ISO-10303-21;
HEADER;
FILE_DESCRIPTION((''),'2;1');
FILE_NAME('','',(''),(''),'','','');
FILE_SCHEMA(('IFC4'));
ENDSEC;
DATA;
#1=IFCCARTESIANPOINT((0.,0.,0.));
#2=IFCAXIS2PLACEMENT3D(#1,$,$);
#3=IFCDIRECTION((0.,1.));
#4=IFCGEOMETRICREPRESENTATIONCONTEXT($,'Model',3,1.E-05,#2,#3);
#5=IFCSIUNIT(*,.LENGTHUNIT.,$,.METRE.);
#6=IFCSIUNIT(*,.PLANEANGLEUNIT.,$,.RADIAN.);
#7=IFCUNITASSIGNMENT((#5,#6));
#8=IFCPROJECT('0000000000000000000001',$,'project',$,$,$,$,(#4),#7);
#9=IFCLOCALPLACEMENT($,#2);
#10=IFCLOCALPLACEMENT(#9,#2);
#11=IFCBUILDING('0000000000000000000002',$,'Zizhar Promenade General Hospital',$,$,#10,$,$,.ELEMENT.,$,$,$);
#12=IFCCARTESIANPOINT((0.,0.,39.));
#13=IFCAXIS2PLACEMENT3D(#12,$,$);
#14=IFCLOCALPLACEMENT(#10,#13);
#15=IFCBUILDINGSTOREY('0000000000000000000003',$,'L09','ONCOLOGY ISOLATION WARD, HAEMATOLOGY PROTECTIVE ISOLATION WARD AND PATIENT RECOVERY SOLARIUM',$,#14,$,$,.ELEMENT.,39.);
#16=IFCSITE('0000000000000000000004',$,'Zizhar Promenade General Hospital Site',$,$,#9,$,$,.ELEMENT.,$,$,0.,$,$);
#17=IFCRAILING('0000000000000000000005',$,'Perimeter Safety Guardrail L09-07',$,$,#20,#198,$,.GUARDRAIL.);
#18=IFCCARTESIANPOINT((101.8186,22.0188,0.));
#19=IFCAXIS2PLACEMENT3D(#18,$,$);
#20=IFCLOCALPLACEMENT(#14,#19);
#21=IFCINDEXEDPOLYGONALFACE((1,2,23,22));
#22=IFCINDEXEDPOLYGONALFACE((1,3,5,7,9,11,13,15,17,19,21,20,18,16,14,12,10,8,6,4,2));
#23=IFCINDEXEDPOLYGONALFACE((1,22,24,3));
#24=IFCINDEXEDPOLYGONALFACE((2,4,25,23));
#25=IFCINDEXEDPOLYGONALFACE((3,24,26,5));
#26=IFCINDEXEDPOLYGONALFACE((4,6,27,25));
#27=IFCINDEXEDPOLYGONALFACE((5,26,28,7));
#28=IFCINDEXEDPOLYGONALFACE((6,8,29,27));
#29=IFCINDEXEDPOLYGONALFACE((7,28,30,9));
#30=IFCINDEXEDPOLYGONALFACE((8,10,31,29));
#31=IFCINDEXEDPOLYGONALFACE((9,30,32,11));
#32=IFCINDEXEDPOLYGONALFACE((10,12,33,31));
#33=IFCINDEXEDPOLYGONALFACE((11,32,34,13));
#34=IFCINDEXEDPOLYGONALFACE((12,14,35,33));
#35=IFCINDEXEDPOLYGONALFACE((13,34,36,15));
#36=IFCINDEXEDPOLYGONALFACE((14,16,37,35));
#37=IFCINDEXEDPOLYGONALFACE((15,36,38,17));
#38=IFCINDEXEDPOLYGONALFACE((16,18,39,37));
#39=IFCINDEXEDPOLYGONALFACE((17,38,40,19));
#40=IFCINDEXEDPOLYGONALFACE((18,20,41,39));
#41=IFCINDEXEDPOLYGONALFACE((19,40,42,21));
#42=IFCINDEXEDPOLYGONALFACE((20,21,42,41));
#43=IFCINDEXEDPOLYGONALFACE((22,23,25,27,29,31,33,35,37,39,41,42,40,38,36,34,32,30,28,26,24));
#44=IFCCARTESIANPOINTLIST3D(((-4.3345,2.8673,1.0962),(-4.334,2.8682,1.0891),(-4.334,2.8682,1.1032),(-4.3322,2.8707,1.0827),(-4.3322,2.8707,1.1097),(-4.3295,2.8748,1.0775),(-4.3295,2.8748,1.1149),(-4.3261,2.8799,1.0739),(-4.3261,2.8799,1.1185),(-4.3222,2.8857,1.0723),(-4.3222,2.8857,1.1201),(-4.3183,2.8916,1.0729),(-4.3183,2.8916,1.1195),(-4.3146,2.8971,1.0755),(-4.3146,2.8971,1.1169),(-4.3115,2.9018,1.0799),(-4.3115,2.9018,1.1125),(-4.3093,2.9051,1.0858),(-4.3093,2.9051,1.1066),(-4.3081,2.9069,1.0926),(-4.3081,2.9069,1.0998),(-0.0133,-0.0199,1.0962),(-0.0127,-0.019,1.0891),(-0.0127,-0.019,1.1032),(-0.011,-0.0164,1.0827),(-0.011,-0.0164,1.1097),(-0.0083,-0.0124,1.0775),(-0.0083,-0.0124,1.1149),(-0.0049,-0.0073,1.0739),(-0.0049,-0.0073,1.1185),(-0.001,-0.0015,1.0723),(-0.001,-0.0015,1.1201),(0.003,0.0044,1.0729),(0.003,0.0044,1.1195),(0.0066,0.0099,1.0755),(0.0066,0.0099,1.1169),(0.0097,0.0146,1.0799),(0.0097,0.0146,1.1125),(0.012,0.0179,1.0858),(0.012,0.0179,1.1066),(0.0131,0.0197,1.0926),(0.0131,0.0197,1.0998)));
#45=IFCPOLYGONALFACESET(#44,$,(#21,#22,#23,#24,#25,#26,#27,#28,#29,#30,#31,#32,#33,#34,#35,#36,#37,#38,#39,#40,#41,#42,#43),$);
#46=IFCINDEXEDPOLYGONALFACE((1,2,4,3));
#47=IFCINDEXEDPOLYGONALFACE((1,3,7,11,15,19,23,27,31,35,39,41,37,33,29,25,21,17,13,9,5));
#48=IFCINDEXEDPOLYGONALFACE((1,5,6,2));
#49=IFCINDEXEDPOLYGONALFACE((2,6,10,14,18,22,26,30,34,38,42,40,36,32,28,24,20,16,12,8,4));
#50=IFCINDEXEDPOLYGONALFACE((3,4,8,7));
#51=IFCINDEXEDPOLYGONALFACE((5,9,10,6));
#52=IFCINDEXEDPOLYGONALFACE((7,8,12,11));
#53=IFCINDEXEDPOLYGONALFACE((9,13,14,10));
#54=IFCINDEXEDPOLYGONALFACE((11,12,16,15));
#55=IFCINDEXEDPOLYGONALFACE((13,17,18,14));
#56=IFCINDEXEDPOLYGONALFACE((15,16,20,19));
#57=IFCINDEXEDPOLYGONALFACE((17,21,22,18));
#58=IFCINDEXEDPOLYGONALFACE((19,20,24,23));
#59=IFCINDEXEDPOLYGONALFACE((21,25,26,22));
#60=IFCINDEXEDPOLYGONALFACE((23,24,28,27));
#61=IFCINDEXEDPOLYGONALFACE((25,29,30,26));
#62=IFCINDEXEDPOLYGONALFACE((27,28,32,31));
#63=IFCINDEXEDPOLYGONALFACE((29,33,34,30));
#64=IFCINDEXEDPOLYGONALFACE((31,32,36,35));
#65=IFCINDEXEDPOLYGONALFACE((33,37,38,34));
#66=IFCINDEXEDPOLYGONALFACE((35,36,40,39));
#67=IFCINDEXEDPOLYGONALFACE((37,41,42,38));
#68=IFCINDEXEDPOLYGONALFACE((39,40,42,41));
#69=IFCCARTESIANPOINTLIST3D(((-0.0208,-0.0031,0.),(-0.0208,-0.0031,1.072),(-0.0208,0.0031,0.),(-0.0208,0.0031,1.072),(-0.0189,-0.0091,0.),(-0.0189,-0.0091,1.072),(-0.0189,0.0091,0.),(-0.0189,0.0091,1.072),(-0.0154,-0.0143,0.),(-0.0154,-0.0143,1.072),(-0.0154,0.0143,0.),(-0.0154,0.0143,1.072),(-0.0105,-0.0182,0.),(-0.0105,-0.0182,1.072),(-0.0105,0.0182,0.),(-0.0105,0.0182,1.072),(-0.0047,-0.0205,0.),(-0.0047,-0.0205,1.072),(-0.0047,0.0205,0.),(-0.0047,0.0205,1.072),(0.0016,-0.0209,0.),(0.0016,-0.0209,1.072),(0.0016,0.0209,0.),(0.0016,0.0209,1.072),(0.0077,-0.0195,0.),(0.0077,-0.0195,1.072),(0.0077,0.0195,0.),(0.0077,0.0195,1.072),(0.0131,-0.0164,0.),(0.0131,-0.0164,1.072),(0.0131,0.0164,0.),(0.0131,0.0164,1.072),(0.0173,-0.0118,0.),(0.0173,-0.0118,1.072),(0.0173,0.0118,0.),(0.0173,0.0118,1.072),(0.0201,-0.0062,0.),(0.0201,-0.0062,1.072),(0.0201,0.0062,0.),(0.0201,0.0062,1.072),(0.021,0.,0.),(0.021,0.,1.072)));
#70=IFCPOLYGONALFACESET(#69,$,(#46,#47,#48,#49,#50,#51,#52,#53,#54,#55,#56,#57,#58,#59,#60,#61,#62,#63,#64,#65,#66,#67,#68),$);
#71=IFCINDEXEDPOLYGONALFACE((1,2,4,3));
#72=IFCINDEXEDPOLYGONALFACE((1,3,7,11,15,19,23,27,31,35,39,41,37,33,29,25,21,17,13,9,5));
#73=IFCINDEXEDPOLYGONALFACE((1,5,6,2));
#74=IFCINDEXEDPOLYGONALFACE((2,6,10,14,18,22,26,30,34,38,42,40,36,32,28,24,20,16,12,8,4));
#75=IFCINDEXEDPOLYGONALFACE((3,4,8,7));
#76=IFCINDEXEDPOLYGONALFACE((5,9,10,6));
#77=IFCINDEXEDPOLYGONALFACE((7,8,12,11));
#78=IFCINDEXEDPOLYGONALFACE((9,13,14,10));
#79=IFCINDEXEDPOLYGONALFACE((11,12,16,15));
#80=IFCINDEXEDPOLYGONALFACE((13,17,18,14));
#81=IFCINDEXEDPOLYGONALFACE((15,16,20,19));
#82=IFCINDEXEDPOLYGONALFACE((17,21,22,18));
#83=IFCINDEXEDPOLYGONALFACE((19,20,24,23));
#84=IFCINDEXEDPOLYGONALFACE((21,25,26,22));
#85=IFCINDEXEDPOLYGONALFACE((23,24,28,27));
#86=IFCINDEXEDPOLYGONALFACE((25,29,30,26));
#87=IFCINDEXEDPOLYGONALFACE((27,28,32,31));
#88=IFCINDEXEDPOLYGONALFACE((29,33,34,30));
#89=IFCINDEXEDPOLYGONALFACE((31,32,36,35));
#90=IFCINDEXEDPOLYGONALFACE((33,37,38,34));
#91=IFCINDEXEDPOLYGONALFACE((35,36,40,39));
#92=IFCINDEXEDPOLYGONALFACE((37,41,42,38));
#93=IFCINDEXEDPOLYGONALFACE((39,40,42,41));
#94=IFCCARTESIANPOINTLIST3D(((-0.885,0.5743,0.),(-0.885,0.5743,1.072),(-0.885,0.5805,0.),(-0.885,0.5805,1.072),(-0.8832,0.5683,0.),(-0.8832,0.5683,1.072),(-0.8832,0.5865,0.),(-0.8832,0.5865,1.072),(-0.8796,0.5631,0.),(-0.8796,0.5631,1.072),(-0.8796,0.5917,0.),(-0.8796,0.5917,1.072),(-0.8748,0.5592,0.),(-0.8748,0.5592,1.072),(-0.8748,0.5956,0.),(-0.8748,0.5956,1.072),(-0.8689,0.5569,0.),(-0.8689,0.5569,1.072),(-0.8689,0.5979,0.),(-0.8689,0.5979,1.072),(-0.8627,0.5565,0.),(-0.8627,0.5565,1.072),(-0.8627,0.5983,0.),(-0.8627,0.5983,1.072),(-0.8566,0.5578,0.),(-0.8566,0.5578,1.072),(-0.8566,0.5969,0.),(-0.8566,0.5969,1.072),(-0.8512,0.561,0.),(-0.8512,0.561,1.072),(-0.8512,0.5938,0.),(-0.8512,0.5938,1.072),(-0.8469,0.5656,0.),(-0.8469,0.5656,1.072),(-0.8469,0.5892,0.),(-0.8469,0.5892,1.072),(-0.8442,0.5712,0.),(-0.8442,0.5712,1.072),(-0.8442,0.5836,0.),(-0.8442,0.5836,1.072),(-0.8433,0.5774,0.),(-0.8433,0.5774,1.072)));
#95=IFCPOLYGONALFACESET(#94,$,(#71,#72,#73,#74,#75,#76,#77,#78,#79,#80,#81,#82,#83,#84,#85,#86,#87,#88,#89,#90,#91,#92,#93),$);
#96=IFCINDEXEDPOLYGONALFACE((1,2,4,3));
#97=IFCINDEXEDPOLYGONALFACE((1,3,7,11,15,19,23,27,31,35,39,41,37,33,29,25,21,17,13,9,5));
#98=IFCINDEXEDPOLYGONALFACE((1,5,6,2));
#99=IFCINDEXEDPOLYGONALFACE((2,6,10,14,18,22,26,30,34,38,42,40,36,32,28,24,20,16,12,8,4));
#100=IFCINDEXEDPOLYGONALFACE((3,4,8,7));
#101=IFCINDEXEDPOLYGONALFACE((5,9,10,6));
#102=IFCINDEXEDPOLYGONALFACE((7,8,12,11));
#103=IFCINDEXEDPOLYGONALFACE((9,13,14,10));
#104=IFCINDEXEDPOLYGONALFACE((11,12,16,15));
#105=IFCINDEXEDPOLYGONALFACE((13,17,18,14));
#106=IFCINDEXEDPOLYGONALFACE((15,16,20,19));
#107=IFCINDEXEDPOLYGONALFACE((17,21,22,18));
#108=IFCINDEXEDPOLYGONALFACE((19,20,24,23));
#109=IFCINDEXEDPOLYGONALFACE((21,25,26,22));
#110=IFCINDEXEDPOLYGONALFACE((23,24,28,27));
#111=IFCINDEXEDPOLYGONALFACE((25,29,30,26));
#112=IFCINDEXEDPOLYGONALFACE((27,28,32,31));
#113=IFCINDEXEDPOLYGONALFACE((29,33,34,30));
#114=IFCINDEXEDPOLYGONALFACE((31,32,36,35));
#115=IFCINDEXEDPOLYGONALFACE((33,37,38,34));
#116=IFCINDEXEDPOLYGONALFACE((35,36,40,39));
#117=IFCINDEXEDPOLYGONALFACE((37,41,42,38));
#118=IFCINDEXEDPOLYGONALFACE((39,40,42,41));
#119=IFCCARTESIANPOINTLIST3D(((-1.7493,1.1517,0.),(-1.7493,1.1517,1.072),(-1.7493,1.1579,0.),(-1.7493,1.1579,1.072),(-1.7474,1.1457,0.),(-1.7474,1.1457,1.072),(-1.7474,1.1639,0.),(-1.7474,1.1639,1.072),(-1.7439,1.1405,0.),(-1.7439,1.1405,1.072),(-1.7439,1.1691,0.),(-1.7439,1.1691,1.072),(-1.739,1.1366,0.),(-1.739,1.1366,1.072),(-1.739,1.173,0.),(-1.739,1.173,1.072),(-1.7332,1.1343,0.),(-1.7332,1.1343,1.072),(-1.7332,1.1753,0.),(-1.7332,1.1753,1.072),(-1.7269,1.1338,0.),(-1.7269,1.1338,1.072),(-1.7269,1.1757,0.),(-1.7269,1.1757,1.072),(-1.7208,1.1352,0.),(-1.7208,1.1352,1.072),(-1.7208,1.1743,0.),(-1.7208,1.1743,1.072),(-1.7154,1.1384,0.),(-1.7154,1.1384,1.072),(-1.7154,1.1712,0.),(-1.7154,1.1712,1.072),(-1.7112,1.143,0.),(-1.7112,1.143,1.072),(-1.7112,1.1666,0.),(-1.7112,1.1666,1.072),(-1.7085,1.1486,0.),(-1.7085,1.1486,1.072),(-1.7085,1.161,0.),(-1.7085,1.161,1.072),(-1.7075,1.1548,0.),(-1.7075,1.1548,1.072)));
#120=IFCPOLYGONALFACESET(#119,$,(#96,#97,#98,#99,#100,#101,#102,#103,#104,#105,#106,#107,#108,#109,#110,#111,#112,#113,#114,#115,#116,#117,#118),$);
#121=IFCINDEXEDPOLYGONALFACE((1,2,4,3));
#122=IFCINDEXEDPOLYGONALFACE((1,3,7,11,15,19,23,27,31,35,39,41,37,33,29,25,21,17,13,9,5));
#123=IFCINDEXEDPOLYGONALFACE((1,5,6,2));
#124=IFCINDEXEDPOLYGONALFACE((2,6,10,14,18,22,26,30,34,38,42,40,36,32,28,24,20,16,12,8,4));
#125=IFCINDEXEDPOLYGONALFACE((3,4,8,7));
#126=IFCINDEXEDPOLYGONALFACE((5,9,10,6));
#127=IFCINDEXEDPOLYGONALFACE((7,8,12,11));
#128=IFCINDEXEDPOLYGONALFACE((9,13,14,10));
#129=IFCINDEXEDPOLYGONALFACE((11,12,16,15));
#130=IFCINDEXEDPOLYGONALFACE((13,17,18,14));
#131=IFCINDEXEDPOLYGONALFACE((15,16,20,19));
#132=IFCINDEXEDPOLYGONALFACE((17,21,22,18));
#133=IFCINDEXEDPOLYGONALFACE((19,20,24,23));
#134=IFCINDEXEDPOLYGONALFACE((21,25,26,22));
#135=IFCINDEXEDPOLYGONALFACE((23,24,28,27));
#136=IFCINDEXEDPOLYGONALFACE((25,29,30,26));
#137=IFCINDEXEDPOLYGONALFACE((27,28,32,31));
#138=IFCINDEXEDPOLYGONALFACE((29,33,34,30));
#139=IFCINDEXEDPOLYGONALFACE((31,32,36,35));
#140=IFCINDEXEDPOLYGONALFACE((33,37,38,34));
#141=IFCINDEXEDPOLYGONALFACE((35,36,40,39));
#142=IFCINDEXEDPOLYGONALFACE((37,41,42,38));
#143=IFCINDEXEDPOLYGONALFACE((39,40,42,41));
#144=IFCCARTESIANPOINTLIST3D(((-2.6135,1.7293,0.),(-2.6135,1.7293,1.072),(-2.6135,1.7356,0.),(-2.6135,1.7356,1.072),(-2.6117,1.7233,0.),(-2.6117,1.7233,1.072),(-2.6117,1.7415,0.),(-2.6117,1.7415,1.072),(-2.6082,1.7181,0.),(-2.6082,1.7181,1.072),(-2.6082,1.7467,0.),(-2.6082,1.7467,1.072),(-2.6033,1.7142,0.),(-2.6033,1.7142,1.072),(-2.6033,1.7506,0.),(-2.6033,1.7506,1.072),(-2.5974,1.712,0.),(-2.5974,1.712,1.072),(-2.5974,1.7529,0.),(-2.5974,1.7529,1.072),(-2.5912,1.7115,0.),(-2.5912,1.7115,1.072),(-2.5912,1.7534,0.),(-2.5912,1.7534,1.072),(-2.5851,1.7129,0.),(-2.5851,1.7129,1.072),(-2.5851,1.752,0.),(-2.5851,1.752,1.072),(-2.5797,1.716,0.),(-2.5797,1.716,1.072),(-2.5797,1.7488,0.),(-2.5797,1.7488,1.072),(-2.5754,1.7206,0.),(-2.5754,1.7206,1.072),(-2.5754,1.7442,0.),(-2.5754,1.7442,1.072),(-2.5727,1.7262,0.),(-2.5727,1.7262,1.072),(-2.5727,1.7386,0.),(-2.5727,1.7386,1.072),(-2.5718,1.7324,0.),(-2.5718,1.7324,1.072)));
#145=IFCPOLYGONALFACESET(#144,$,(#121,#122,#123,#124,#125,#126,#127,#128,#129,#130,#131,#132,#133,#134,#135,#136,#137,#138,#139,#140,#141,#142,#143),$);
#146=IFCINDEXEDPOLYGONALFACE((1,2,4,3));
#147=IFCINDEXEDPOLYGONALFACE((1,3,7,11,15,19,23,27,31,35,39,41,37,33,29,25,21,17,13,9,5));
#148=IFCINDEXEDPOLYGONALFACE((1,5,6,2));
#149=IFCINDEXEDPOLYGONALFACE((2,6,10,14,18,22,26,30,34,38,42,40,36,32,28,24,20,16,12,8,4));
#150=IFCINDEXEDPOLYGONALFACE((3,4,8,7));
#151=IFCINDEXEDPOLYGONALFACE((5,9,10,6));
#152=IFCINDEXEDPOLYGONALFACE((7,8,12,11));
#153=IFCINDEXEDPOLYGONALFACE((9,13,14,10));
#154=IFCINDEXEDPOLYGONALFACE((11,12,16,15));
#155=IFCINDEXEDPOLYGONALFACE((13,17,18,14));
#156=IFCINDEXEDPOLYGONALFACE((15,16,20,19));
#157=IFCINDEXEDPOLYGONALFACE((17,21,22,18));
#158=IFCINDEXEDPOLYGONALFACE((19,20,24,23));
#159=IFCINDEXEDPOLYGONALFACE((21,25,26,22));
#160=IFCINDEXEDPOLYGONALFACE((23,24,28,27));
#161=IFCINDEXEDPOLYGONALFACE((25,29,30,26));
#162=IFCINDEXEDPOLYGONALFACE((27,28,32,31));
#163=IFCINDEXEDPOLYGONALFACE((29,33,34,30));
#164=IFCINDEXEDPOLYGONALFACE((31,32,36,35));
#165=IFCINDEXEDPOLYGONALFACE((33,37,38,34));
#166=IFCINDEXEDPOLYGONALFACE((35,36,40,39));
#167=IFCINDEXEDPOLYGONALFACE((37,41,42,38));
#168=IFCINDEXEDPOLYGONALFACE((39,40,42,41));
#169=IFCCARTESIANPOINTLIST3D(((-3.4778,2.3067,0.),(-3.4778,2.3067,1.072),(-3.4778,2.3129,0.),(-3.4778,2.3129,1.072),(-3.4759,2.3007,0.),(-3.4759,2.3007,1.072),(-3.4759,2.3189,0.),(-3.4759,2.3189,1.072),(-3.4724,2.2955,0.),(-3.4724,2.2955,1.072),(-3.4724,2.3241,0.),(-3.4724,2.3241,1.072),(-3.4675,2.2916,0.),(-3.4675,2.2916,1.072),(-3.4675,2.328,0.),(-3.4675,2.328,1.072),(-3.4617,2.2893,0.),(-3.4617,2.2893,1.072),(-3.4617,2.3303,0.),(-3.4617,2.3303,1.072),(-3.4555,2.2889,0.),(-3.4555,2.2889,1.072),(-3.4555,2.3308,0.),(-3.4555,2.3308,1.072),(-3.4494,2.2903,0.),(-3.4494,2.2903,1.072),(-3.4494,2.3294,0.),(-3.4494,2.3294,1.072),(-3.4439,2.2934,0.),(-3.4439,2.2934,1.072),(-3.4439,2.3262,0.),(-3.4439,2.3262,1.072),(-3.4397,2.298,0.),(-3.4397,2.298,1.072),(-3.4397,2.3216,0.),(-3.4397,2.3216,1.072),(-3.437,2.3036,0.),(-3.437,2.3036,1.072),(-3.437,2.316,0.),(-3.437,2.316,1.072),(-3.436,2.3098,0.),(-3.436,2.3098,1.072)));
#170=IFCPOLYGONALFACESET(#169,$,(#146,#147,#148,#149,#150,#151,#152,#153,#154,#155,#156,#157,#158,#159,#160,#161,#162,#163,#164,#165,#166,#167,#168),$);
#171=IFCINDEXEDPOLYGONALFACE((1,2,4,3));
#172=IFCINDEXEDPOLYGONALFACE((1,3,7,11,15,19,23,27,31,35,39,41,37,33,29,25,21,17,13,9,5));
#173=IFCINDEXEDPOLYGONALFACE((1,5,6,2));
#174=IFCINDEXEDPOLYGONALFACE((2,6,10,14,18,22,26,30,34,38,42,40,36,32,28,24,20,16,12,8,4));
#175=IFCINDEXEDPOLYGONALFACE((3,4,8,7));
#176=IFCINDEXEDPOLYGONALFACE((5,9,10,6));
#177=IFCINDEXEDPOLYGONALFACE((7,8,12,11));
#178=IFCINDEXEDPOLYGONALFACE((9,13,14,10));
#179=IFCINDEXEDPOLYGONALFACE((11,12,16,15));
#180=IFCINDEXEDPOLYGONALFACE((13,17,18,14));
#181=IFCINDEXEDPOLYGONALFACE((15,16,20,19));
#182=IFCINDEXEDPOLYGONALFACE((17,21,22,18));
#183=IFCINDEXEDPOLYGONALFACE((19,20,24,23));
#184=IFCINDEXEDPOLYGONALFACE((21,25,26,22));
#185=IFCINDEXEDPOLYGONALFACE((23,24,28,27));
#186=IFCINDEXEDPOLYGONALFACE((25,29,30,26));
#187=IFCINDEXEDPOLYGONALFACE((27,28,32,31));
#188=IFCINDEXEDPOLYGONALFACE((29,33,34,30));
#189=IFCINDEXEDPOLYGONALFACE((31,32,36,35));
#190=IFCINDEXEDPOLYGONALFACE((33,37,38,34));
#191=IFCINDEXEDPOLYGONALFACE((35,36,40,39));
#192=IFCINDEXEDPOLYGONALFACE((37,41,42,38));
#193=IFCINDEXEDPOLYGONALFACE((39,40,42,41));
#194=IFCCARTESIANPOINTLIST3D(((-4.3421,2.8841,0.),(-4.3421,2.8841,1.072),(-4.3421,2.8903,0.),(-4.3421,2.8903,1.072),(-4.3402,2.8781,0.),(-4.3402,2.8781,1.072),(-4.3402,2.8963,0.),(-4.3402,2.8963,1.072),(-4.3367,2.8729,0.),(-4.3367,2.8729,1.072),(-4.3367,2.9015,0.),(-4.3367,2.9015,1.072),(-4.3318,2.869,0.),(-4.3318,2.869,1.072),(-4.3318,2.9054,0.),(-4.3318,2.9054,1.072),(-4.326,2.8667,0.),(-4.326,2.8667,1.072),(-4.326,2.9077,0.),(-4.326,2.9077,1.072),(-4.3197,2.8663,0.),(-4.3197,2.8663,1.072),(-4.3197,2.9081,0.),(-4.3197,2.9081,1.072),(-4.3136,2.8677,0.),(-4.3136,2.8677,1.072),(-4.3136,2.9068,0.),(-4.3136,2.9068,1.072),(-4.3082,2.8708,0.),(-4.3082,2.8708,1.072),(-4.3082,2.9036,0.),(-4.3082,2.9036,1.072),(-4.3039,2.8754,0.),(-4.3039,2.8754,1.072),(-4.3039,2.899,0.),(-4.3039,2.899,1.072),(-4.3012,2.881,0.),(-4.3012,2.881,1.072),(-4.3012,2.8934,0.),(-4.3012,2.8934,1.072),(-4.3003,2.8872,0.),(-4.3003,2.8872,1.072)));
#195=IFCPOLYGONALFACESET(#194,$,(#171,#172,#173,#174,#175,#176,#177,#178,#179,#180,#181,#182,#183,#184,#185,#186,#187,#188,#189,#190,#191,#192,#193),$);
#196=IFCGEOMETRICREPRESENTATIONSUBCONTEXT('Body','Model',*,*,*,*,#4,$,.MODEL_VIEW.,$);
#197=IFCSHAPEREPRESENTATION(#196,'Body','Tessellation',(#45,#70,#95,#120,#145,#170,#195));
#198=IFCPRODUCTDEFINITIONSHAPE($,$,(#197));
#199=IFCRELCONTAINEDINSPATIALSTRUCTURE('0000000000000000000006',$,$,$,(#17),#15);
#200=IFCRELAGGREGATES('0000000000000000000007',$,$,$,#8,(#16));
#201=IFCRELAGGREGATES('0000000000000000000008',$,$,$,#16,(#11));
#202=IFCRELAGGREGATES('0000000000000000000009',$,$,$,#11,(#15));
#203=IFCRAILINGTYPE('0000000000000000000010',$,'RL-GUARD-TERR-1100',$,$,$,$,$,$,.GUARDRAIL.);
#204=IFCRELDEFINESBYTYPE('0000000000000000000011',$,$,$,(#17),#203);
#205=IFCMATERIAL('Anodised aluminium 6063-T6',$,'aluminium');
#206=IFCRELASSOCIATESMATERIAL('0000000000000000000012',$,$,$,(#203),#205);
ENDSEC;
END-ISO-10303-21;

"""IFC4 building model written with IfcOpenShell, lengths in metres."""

from ifc_helpers import new_model, si_unit, direction, frame, origin, origin_2d, place, context, subcontext, project, spatial, circle, hollow_circle, extrude, material, material_profile, profile_set, type_object, element, save


model = new_model("IFC4")

# Units and contexts
model_context = context("Model", 3, precision=1e-05, world=origin(), true_north=direction((0.0, 1.0)))
body_context = subcontext(model_context, "Body", "Model", "MODEL_VIEW")
ifc_project = project(units=[si_unit("LENGTHUNIT", "METRE"), si_unit("PLANEANGLEUNIT", "RADIAN")], contexts=[model_context])

# Site, building, storey
site_placement = place(None, origin())
site = spatial("IfcSite", under=ifc_project, at=site_placement, Name="Zizhar Promenade General Hospital Site", CompositionType="ELEMENT", RefElevation=0.0)
building_placement = place(site_placement, origin())
building = spatial("IfcBuilding", under=site, at=building_placement, Name="Zizhar Promenade General Hospital", CompositionType="ELEMENT")
storey_placement = place(building_placement, frame((0.0, 0.0, 39.0)))
storey = spatial("IfcBuildingStorey", under=building, at=storey_placement, Name="L09", Description="ONCOLOGY ISOLATION WARD, HAEMATOLOGY PROTECTIVE ISOLATION WARD AND PATIENT RECOVERY SOLARIUM", CompositionType="ELEMENT", Elevation=39.0)

# Railing
ifc_material_1 = material(Name="Anodised aluminium 6063-T6", Category="aluminium")
ifc_material_profile_1 = material_profile(ifc_material_1, hollow_circle(Radius=0.0698, WallThickness=0.0063, at=origin_2d()))
ifc_profile_set_1 = profile_set([ifc_material_profile_1], Name="Anodised aluminium 6063-T6")
railing_type = type_object("IfcRailingType", Name="RL-GUARD-TERR-1100", PredefinedType="GUARDRAIL", material=ifc_profile_set_1)
railing_1_placement = place(storey_placement, frame((101.8186, 22.0188, 0.0)))
element("IfcRailing", 1, at=railing_1_placement, inside=storey, type_object=railing_type, Name="Perimeter Safety Guardrail L09-07", PredefinedType="GUARDRAIL", context=body_context, shape_type="SweptSolid", body=[
    extrude(circle(Radius=0.0239, at=origin_2d()), frame((0.0, 0.0, 1.0962), z_axis=(-0.831486, 0.555545, 0.0), x_axis=(-0.555545, -0.831486, 0.0)), (0.0, 0.0, 1.0), 5.197),
    extrude(circle(Radius=0.021, at=origin_2d()), origin(), (0.0, 0.0, 1.0), 1.072),
    extrude(circle(Radius=0.021, at=origin_2d()), frame((-0.8643, 0.5774, 0.0)), (0.0, 0.0, 1.0), 1.072),
    extrude(circle(Radius=0.021, at=origin_2d()), frame((-1.7285, 1.1548, 0.0)), (0.0, 0.0, 1.0), 1.072),
    extrude(circle(Radius=0.021, at=origin_2d()), frame((-2.5928, 1.7324, 0.0)), (0.0, 0.0, 1.0), 1.072),
    extrude(circle(Radius=0.021, at=origin_2d()), frame((-3.457, 2.3098, 0.0)), (0.0, 0.0, 1.0), 1.072),
    extrude(circle(Radius=0.021, at=origin_2d()), frame((-4.3213, 2.8872, 0.0)), (0.0, 0.0, 1.0), 1.072),
])

save(model, "model.ifc")
